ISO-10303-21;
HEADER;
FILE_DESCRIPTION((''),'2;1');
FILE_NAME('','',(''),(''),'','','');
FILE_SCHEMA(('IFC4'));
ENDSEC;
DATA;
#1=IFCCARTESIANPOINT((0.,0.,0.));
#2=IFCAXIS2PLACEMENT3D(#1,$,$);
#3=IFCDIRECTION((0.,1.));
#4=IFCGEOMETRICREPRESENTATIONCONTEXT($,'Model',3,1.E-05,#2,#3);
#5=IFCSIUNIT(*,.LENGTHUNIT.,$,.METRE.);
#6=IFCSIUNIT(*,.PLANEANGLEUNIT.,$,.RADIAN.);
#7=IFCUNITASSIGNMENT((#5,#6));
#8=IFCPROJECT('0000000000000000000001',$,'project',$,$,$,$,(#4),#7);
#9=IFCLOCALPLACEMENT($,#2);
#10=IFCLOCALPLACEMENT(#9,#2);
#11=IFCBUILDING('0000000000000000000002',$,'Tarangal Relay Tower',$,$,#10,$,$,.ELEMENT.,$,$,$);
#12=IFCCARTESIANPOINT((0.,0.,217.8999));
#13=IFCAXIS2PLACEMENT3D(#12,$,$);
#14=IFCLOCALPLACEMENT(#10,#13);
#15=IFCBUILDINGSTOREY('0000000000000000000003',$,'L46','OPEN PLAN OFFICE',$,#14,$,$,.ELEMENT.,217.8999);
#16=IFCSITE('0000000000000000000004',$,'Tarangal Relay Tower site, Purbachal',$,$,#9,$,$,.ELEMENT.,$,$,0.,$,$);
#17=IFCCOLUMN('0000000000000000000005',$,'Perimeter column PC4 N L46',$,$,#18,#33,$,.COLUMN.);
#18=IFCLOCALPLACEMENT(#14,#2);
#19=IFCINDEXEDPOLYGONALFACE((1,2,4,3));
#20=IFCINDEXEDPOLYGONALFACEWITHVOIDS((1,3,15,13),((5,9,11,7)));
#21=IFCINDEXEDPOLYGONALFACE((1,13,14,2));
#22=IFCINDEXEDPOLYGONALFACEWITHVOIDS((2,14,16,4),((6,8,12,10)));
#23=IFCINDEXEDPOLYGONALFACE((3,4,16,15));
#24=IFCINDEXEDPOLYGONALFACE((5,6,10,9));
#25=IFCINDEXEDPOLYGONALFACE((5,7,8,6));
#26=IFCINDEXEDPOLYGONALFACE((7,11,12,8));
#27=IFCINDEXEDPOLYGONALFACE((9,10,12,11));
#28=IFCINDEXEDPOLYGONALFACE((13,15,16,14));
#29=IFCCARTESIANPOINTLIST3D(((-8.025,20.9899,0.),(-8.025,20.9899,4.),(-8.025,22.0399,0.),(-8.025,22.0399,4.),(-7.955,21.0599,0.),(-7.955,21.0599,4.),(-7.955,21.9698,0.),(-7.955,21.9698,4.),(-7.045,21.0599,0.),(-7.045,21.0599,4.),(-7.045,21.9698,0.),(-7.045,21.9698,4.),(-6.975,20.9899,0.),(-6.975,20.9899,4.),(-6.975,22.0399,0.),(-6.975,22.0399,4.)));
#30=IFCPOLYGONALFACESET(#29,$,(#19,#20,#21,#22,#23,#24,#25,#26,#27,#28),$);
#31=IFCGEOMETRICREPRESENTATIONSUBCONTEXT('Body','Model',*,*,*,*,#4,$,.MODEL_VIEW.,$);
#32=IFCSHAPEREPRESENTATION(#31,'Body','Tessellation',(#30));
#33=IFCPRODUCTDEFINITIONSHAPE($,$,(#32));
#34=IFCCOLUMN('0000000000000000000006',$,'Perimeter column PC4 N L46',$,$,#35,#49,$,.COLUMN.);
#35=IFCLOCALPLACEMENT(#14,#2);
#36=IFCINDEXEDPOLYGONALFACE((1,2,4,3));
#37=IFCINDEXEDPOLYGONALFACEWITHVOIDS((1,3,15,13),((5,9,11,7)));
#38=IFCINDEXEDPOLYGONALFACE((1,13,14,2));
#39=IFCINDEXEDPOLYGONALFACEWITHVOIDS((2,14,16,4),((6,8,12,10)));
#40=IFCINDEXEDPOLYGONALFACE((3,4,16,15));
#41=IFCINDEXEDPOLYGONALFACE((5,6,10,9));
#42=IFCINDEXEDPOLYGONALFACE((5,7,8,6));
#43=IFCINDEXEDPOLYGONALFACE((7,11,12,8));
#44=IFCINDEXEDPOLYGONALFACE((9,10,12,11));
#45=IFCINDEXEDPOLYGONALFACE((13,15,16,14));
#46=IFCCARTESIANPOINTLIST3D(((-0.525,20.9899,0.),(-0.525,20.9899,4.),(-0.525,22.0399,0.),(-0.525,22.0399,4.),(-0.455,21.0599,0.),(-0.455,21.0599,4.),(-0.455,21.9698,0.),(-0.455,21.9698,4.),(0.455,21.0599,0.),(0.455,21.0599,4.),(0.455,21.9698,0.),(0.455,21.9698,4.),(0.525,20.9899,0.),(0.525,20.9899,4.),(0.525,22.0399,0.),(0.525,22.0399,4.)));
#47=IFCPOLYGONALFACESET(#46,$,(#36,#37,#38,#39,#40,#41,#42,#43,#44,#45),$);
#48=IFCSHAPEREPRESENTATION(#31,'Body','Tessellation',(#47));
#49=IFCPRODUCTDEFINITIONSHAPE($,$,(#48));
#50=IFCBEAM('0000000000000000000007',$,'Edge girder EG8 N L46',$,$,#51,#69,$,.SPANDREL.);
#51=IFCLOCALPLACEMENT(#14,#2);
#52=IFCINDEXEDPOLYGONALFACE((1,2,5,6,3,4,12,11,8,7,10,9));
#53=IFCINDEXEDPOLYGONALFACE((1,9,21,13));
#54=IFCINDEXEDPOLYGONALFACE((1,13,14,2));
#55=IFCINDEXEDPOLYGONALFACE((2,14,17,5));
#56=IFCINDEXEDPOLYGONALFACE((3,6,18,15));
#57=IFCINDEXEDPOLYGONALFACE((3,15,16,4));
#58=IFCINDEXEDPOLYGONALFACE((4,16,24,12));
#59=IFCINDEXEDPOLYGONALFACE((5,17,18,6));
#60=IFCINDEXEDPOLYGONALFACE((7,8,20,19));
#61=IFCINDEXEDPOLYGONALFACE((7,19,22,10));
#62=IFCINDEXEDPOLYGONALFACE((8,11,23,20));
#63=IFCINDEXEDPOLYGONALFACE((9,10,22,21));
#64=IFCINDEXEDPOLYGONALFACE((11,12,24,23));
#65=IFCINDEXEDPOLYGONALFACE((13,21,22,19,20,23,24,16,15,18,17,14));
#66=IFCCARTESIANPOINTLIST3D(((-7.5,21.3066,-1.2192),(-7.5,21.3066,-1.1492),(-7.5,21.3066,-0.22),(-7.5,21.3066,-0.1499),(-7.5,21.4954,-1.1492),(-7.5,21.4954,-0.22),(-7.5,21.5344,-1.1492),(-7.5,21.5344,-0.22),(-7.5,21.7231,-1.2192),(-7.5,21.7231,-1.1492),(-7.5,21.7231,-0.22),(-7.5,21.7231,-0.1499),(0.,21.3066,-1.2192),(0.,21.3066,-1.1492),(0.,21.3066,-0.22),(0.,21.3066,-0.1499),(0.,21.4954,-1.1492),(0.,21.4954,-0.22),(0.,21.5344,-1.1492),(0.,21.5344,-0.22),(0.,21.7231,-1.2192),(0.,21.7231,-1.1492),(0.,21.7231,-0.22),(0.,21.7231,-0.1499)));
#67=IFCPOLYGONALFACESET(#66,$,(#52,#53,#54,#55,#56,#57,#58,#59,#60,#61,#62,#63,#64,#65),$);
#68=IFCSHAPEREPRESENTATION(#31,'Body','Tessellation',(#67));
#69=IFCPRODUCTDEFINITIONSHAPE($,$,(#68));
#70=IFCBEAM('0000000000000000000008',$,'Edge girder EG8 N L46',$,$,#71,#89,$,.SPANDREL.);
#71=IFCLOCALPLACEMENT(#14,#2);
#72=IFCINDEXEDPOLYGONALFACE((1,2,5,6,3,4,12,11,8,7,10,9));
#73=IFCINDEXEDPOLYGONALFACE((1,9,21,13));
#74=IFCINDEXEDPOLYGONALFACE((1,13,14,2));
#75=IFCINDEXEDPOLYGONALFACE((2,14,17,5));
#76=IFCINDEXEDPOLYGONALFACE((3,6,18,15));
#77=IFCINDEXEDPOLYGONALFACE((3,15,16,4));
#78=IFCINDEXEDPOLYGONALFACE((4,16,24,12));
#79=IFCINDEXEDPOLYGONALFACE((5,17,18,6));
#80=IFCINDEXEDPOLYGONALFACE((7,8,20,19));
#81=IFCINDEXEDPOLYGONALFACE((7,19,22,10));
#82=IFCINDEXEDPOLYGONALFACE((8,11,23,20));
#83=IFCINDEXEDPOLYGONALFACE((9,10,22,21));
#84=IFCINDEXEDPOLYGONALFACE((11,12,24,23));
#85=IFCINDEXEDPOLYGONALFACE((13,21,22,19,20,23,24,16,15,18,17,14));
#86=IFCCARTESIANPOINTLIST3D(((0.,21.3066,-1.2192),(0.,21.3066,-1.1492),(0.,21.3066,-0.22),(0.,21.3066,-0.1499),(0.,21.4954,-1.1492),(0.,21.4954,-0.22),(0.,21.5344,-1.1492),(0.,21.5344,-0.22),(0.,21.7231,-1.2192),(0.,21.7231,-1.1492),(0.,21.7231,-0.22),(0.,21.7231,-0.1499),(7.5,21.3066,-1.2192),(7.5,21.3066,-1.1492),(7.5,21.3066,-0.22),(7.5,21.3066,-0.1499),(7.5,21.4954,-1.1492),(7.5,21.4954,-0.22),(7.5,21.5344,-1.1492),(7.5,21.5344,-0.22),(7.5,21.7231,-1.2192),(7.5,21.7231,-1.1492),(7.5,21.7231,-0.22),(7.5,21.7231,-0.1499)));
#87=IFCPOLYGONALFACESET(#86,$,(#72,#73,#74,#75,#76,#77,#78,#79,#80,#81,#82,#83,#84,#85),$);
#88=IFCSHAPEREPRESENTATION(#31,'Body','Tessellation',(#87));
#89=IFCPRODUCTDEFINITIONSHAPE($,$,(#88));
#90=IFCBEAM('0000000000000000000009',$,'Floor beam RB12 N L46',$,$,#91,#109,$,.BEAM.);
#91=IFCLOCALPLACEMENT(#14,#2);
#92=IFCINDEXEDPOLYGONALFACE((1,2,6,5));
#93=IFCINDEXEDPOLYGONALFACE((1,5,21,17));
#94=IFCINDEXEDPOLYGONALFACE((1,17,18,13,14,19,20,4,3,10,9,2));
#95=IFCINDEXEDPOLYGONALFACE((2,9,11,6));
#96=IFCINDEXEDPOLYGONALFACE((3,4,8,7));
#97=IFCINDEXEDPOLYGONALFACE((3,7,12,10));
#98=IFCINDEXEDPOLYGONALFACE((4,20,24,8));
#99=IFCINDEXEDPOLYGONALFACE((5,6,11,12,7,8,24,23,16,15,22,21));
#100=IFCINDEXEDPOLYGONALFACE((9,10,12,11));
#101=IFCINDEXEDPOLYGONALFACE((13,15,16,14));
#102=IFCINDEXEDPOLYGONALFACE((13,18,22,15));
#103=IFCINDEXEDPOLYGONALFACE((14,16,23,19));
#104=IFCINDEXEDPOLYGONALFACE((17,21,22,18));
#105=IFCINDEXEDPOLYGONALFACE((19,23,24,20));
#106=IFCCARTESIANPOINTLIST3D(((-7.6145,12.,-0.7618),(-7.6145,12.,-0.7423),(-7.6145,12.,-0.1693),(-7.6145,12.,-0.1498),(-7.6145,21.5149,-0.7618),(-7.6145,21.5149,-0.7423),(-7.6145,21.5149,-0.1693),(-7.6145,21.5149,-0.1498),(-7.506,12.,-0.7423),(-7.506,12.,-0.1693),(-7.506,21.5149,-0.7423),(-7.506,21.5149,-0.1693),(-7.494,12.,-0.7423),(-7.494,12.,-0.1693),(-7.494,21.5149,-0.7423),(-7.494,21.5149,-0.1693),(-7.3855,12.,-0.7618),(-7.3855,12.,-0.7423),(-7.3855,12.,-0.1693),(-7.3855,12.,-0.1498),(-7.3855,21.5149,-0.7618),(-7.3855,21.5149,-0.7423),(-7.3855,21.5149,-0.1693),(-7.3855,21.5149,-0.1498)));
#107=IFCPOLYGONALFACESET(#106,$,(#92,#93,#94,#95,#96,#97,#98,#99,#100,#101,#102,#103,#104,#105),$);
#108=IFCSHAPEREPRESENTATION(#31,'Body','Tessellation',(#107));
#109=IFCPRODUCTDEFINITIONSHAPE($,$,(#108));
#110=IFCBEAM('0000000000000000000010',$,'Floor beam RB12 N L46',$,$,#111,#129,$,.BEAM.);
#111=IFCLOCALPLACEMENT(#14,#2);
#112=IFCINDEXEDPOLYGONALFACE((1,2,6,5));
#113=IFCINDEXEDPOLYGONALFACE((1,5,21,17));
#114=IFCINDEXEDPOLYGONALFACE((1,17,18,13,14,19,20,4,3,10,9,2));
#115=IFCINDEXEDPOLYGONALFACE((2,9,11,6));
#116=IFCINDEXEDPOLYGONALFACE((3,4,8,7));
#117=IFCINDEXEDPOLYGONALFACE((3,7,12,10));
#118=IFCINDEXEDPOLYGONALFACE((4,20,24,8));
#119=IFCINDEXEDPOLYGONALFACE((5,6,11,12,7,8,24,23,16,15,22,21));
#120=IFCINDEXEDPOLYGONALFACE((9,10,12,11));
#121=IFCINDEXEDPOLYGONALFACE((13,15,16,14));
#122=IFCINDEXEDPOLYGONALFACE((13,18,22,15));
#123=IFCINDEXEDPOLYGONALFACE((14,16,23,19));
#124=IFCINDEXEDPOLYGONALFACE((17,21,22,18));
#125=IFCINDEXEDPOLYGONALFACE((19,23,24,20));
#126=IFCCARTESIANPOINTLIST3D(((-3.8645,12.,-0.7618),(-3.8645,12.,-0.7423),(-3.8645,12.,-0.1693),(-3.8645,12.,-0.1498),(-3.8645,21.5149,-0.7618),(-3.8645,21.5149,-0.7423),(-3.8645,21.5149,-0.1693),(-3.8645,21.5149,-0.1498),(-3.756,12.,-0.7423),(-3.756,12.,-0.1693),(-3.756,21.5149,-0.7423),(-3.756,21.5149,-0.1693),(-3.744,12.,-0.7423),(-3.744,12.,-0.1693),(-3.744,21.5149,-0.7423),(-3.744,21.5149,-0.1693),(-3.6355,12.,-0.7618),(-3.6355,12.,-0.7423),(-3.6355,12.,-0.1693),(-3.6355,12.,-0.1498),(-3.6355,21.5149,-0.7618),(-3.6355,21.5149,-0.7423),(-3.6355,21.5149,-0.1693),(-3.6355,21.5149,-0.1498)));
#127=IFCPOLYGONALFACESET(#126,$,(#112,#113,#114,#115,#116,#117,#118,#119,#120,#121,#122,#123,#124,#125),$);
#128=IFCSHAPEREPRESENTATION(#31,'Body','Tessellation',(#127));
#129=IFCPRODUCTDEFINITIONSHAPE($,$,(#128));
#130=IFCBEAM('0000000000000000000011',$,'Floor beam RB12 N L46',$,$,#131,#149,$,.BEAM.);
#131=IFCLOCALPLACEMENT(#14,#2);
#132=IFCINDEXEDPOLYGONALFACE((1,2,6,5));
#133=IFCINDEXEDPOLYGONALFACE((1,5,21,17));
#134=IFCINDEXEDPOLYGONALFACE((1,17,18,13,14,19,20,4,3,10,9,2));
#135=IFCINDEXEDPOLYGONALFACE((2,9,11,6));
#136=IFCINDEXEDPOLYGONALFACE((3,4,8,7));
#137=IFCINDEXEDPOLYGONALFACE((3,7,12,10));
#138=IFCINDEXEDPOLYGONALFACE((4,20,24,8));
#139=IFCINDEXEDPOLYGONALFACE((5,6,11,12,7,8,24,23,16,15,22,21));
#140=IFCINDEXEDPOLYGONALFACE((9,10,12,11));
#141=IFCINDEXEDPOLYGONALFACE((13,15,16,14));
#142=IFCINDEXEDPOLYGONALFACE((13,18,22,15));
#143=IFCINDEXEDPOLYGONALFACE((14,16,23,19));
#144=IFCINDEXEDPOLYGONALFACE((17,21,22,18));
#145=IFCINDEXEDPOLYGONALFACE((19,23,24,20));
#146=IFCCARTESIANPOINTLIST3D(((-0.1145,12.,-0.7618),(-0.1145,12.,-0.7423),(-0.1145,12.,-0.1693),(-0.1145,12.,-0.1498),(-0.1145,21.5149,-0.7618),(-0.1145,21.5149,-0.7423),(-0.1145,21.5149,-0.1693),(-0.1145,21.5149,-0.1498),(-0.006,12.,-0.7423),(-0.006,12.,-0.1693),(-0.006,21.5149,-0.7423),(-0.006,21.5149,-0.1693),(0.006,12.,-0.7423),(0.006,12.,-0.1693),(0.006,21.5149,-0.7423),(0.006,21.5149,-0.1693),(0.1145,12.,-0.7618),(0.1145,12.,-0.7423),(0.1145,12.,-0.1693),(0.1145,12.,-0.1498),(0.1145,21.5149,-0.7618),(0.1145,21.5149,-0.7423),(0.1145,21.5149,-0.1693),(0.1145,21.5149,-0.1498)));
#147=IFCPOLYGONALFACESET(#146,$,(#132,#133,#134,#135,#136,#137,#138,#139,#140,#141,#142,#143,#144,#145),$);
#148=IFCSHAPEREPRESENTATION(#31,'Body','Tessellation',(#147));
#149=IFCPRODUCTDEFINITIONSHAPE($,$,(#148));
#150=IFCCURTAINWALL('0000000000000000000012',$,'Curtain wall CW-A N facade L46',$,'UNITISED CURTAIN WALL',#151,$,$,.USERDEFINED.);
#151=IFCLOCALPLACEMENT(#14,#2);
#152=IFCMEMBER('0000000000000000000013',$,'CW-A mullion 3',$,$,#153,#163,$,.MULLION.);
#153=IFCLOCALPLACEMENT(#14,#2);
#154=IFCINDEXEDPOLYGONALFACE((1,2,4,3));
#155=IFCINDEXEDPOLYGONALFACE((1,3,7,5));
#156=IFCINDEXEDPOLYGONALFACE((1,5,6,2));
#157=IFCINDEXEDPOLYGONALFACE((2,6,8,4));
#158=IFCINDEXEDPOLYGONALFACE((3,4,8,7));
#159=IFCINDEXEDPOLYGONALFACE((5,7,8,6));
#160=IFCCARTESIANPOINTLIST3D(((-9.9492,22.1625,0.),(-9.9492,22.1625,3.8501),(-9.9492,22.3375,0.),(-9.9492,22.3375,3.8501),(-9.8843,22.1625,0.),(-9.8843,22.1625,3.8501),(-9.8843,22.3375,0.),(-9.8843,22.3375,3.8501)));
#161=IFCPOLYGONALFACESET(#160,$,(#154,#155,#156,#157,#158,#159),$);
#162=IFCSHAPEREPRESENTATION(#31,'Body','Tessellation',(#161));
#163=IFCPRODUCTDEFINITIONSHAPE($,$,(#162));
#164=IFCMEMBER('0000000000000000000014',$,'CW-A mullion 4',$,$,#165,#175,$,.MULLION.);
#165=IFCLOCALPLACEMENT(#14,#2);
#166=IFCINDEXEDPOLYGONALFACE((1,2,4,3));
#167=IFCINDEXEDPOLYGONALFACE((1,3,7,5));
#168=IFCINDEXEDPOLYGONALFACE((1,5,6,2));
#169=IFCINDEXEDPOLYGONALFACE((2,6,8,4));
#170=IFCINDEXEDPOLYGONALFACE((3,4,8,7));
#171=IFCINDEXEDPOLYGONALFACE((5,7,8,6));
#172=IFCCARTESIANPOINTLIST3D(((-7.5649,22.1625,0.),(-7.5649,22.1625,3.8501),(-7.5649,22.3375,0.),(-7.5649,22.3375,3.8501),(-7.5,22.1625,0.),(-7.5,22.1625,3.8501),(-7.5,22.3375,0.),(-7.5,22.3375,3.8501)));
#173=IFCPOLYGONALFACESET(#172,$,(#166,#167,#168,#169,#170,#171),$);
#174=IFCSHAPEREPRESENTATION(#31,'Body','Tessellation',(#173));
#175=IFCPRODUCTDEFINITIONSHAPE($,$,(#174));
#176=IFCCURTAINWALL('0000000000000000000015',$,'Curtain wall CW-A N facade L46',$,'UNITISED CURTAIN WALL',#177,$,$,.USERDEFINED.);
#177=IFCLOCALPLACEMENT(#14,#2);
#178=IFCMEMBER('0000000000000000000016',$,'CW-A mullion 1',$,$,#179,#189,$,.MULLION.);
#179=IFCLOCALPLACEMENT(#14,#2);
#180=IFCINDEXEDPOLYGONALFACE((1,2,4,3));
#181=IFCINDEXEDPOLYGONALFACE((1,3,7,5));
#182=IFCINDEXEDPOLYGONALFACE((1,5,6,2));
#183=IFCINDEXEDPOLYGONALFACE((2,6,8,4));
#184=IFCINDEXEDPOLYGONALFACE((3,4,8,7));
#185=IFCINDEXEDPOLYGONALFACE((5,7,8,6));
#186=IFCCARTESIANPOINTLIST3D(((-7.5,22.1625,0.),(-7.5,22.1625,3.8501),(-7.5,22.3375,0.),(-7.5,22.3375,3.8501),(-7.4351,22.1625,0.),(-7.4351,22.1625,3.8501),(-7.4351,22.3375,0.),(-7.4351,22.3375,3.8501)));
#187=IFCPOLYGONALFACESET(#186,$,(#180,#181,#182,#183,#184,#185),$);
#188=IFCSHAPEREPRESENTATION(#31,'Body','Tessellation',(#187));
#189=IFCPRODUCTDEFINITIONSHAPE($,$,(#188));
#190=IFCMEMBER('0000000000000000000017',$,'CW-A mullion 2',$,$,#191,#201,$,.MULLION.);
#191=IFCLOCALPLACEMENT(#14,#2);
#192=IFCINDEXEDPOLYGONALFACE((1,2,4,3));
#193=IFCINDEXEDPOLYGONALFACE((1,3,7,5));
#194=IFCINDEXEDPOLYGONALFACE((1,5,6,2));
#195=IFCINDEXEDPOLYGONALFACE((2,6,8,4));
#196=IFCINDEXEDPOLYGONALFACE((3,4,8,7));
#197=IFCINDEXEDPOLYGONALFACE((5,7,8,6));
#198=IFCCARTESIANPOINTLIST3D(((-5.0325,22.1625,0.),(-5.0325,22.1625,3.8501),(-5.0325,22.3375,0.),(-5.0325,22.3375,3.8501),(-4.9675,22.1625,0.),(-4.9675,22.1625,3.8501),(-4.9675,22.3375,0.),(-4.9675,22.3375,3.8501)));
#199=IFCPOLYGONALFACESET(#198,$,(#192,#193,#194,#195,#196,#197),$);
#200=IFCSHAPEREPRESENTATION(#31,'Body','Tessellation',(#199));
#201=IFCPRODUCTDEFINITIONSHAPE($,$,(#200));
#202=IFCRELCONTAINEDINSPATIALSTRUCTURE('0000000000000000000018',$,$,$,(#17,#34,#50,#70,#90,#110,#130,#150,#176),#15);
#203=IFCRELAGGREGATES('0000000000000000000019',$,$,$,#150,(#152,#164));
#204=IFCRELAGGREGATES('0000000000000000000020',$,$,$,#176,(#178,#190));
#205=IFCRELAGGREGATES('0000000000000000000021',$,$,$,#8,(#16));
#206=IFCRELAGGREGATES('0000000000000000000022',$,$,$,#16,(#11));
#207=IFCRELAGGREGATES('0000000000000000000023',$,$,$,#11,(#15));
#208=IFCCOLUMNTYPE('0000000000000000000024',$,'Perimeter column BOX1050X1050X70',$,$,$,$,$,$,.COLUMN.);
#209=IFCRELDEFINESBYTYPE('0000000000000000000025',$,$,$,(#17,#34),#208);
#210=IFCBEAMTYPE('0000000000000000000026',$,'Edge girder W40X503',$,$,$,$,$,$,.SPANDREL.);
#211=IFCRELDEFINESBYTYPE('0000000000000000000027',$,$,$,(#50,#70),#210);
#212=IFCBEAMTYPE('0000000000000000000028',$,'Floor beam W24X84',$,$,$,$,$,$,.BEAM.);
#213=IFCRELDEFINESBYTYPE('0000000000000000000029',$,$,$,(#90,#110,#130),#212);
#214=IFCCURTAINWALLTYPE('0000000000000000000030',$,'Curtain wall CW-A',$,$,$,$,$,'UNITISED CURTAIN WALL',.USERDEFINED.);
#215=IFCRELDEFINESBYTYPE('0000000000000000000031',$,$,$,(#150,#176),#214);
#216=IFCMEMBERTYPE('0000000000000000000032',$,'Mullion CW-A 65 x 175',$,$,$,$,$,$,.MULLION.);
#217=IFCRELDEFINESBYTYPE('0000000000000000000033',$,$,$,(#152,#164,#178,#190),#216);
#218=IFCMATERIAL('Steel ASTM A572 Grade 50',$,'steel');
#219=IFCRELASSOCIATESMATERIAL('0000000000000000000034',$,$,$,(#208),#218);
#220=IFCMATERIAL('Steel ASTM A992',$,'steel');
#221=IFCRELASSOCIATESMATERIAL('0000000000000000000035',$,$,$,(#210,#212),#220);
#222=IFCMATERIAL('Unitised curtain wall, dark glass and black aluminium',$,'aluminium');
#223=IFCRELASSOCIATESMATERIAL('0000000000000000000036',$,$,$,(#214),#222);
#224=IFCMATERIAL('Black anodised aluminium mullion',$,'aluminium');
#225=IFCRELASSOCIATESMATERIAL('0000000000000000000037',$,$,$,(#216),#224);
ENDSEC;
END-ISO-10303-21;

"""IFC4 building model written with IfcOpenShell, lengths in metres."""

from ifc_helpers import new_model, si_unit, direction, frame, origin, origin_2d, place, context, subcontext, project, spatial, rectangle, hollow_rectangle, i_section, extrude, material, material_profile, profile_set, type_object, element, aggregate, save


model = new_model("IFC4")

# Units and contexts
model_context = context("Model", 3, precision=1e-05, world=origin(), true_north=direction((0.0, 1.0)))
body_context = subcontext(model_context, "Body", "Model", "MODEL_VIEW")
ifc_project = project(units=[si_unit("LENGTHUNIT", "METRE"), si_unit("PLANEANGLEUNIT", "RADIAN")], contexts=[model_context])

# Site, building, storey
site_placement = place(None, origin())
site = spatial("IfcSite", under=ifc_project, at=site_placement, Name="Tarangal Relay Tower site, Purbachal", CompositionType="ELEMENT", RefElevation=0.0)
building_placement = place(site_placement, origin())
building = spatial("IfcBuilding", under=site, at=building_placement, Name="Tarangal Relay Tower", CompositionType="ELEMENT")
storey_placement = place(building_placement, frame((0.0, 0.0, 217.8999)))
storey = spatial("IfcBuildingStorey", under=building, at=storey_placement, Name="L46", Description="OPEN PLAN OFFICE", CompositionType="ELEMENT", Elevation=217.8999)

# Columns
ifc_material_1 = material(Name="Steel ASTM A572 Grade 50", Category="steel")
ifc_material_profile_1 = material_profile(ifc_material_1, hollow_rectangle(XDim=1.05, YDim=1.05, WallThickness=0.0701, at=origin_2d()), Name="BOX1050X1050X70")
ifc_profile_set_1 = profile_set([ifc_material_profile_1], Name="Steel ASTM A572 Grade 50")
column_type = type_object("IfcColumnType", Name="Perimeter column BOX1050X1050X70", PredefinedType="COLUMN", material=ifc_profile_set_1)
for number, where, z_axis, x_axis, name in (
    (1, (-7.5, 21.5149, 0.0), (0.0, 0.0, 1.0), (1.0, 0.0, 0.0), "Perimeter column PC4 N L46"),
    (2, (0.0, 21.5149, 0.0), (0.0, 0.0, 1.0), (1.0, 0.0, 0.0), "Perimeter column PC4 N L46"),
):
    element("IfcColumn", number, at=place(storey_placement, frame(where, z_axis=z_axis, x_axis=x_axis)), inside=storey, type_object=column_type, Name=name, PredefinedType="COLUMN", context=body_context, shape_type="SweptSolid", body=[
        extrude(hollow_rectangle(XDim=1.05, YDim=1.05, WallThickness=0.0701, at=origin_2d()), origin(), (0.0, 0.0, 1.0), 4.0),
    ])

# Beams
ifc_material_2 = material(Name="Steel ASTM A992", Category="steel")
ifc_material_profile_2 = material_profile(ifc_material_2, i_section(OverallWidth=0.4165, OverallDepth=1.0693, WebThickness=0.0391, FlangeThickness=0.0701, at=origin_2d()), Name="W40X503")
ifc_profile_set_2 = profile_set([ifc_material_profile_2], Name="Steel ASTM A992")
beam_type_1 = type_object("IfcBeamType", Name="Edge girder W40X503", PredefinedType="SPANDREL", material=ifc_profile_set_2)
for number, where, z_axis, x_axis, name in (
    (3, (-7.5, 21.5149, -0.6846), (1.0, 0.0, 0.0), (0.0, 1.0, 0.0), "Edge girder EG8 N L46"),
    (4, (0.0, 21.5149, -0.6846), (1.0, 0.0, 0.0), (0.0, 1.0, 0.0), "Edge girder EG8 N L46"),
):
    element("IfcBeam", number, at=place(storey_placement, frame(where, z_axis=z_axis, x_axis=x_axis)), inside=storey, type_object=beam_type_1, Name=name, PredefinedType="SPANDREL", context=body_context, shape_type="SweptSolid", body=[
        extrude(i_section(OverallWidth=0.4165, OverallDepth=1.0693, WebThickness=0.0391, FlangeThickness=0.0701, at=origin_2d()), origin(), (0.0, 0.0, 1.0), 7.5),
    ])
ifc_material_profile_3 = material_profile(ifc_material_2, i_section(OverallWidth=0.229, OverallDepth=0.6121, WebThickness=0.012, FlangeThickness=0.0195, at=origin_2d()), Name="W24X84")
ifc_profile_set_3 = profile_set([ifc_material_profile_3], Name="Steel ASTM A992")
beam_type_2 = type_object("IfcBeamType", Name="Floor beam W24X84", PredefinedType="BEAM", material=ifc_profile_set_3)
for number, where, z_axis, x_axis, name in (
    (5, (-7.5, 12.0, -0.4558), (0.0, 1.0, 0.0), (-1.0, 0.0, 0.0), "Floor beam RB12 N L46"),
    (6, (-3.75, 12.0, -0.4558), (0.0, 1.0, 0.0), (-1.0, 0.0, 0.0), "Floor beam RB12 N L46"),
    (7, (0.0, 12.0, -0.4558), (0.0, 1.0, 0.0), (-1.0, 0.0, 0.0), "Floor beam RB12 N L46"),
):
    element("IfcBeam", number, at=place(storey_placement, frame(where, z_axis=z_axis, x_axis=x_axis)), inside=storey, type_object=beam_type_2, Name=name, PredefinedType="BEAM", context=body_context, shape_type="SweptSolid", body=[
        extrude(i_section(OverallWidth=0.229, OverallDepth=0.6121, WebThickness=0.012, FlangeThickness=0.0195, at=origin_2d()), origin(), (0.0, 0.0, 1.0), 9.5149),
    ])

# Curtain walls, members
ifc_material_3 = material(Name="Unitised curtain wall, dark glass and black aluminium", Category="aluminium")
curtain_wall_type = type_object("IfcCurtainWallType", Name="Curtain wall CW-A", ElementType="UNITISED CURTAIN WALL", PredefinedType="USERDEFINED", material=ifc_material_3)
curtain_wall_1_placement = place(storey_placement, origin())
curtain_wall_1 = element("IfcCurtainWall", 8, at=curtain_wall_1_placement, inside=storey, type_object=curtain_wall_type, Name="Curtain wall CW-A N facade L46", ObjectType="UNITISED CURTAIN WALL", PredefinedType="USERDEFINED")
ifc_material_4 = material(Name="Black anodised aluminium mullion", Category="aluminium")
ifc_material_profile_4 = material_profile(ifc_material_4, rectangle(XDim=0.175, YDim=0.0649, at=origin_2d()), Name="CW-AM 65X175")
ifc_profile_set_4 = profile_set([ifc_material_profile_4], Name="Black anodised aluminium mullion")
member_type_1 = type_object("IfcMemberType", Name="Mullion CW-A 65 x 175", PredefinedType="MULLION", material=ifc_profile_set_4)
member_1_placement = place(storey_placement, frame((-9.9167, 22.25, 0.0), z_axis=(0.0, 0.0, 1.0), x_axis=(0.0, 1.0, 0.0)))
member_1 = element("IfcMember", 9, at=member_1_placement, type_object=member_type_1, Name="CW-A mullion 3", PredefinedType="MULLION", context=body_context, shape_type="SweptSolid", body=[
    extrude(rectangle(XDim=0.175, YDim=0.0649, at=origin_2d()), origin(), (0.0, 0.0, 1.0), 3.8501),
])
member_2_placement = place(storey_placement, frame((-7.5325, 22.25, 0.0), z_axis=(0.0, 0.0, 1.0), x_axis=(0.0, 1.0, 0.0)))
member_2 = element("IfcMember", 10, at=member_2_placement, type_object=member_type_1, Name="CW-A mullion 4", PredefinedType="MULLION", context=body_context, shape_type="SweptSolid", body=[
    extrude(rectangle(XDim=0.175, YDim=0.0649, at=origin_2d()), origin(), (0.0, 0.0, 1.0), 3.8501),
])
curtain_wall_2_placement = place(storey_placement, origin())
curtain_wall_2 = element("IfcCurtainWall", 11, at=curtain_wall_2_placement, inside=storey, type_object=curtain_wall_type, Name="Curtain wall CW-A N facade L46", ObjectType="UNITISED CURTAIN WALL", PredefinedType="USERDEFINED")
member_3_placement = place(storey_placement, frame((-7.4675, 22.25, 0.0), z_axis=(0.0, 0.0, 1.0), x_axis=(0.0, 1.0, 0.0)))
member_3 = element("IfcMember", 12, at=member_3_placement, type_object=member_type_1, Name="CW-A mullion 1", PredefinedType="MULLION", context=body_context, shape_type="SweptSolid", body=[
    extrude(rectangle(XDim=0.175, YDim=0.0649, at=origin_2d()), origin(), (0.0, 0.0, 1.0), 3.8501),
])
member_4_placement = place(storey_placement, frame((-5.0, 22.25, 0.0), z_axis=(0.0, 0.0, 1.0), x_axis=(0.0, 1.0, 0.0)))
member_4 = element("IfcMember", 13, at=member_4_placement, type_object=member_type_1, Name="CW-A mullion 2", PredefinedType="MULLION", context=body_context, shape_type="SweptSolid", body=[
    extrude(rectangle(XDim=0.175, YDim=0.0649, at=origin_2d()), origin(), (0.0, 0.0, 1.0), 3.8501),
])

aggregate(curtain_wall_1, [member_1, member_2])
aggregate(curtain_wall_2, [member_3, member_4])

save(model, "model.ifc")
